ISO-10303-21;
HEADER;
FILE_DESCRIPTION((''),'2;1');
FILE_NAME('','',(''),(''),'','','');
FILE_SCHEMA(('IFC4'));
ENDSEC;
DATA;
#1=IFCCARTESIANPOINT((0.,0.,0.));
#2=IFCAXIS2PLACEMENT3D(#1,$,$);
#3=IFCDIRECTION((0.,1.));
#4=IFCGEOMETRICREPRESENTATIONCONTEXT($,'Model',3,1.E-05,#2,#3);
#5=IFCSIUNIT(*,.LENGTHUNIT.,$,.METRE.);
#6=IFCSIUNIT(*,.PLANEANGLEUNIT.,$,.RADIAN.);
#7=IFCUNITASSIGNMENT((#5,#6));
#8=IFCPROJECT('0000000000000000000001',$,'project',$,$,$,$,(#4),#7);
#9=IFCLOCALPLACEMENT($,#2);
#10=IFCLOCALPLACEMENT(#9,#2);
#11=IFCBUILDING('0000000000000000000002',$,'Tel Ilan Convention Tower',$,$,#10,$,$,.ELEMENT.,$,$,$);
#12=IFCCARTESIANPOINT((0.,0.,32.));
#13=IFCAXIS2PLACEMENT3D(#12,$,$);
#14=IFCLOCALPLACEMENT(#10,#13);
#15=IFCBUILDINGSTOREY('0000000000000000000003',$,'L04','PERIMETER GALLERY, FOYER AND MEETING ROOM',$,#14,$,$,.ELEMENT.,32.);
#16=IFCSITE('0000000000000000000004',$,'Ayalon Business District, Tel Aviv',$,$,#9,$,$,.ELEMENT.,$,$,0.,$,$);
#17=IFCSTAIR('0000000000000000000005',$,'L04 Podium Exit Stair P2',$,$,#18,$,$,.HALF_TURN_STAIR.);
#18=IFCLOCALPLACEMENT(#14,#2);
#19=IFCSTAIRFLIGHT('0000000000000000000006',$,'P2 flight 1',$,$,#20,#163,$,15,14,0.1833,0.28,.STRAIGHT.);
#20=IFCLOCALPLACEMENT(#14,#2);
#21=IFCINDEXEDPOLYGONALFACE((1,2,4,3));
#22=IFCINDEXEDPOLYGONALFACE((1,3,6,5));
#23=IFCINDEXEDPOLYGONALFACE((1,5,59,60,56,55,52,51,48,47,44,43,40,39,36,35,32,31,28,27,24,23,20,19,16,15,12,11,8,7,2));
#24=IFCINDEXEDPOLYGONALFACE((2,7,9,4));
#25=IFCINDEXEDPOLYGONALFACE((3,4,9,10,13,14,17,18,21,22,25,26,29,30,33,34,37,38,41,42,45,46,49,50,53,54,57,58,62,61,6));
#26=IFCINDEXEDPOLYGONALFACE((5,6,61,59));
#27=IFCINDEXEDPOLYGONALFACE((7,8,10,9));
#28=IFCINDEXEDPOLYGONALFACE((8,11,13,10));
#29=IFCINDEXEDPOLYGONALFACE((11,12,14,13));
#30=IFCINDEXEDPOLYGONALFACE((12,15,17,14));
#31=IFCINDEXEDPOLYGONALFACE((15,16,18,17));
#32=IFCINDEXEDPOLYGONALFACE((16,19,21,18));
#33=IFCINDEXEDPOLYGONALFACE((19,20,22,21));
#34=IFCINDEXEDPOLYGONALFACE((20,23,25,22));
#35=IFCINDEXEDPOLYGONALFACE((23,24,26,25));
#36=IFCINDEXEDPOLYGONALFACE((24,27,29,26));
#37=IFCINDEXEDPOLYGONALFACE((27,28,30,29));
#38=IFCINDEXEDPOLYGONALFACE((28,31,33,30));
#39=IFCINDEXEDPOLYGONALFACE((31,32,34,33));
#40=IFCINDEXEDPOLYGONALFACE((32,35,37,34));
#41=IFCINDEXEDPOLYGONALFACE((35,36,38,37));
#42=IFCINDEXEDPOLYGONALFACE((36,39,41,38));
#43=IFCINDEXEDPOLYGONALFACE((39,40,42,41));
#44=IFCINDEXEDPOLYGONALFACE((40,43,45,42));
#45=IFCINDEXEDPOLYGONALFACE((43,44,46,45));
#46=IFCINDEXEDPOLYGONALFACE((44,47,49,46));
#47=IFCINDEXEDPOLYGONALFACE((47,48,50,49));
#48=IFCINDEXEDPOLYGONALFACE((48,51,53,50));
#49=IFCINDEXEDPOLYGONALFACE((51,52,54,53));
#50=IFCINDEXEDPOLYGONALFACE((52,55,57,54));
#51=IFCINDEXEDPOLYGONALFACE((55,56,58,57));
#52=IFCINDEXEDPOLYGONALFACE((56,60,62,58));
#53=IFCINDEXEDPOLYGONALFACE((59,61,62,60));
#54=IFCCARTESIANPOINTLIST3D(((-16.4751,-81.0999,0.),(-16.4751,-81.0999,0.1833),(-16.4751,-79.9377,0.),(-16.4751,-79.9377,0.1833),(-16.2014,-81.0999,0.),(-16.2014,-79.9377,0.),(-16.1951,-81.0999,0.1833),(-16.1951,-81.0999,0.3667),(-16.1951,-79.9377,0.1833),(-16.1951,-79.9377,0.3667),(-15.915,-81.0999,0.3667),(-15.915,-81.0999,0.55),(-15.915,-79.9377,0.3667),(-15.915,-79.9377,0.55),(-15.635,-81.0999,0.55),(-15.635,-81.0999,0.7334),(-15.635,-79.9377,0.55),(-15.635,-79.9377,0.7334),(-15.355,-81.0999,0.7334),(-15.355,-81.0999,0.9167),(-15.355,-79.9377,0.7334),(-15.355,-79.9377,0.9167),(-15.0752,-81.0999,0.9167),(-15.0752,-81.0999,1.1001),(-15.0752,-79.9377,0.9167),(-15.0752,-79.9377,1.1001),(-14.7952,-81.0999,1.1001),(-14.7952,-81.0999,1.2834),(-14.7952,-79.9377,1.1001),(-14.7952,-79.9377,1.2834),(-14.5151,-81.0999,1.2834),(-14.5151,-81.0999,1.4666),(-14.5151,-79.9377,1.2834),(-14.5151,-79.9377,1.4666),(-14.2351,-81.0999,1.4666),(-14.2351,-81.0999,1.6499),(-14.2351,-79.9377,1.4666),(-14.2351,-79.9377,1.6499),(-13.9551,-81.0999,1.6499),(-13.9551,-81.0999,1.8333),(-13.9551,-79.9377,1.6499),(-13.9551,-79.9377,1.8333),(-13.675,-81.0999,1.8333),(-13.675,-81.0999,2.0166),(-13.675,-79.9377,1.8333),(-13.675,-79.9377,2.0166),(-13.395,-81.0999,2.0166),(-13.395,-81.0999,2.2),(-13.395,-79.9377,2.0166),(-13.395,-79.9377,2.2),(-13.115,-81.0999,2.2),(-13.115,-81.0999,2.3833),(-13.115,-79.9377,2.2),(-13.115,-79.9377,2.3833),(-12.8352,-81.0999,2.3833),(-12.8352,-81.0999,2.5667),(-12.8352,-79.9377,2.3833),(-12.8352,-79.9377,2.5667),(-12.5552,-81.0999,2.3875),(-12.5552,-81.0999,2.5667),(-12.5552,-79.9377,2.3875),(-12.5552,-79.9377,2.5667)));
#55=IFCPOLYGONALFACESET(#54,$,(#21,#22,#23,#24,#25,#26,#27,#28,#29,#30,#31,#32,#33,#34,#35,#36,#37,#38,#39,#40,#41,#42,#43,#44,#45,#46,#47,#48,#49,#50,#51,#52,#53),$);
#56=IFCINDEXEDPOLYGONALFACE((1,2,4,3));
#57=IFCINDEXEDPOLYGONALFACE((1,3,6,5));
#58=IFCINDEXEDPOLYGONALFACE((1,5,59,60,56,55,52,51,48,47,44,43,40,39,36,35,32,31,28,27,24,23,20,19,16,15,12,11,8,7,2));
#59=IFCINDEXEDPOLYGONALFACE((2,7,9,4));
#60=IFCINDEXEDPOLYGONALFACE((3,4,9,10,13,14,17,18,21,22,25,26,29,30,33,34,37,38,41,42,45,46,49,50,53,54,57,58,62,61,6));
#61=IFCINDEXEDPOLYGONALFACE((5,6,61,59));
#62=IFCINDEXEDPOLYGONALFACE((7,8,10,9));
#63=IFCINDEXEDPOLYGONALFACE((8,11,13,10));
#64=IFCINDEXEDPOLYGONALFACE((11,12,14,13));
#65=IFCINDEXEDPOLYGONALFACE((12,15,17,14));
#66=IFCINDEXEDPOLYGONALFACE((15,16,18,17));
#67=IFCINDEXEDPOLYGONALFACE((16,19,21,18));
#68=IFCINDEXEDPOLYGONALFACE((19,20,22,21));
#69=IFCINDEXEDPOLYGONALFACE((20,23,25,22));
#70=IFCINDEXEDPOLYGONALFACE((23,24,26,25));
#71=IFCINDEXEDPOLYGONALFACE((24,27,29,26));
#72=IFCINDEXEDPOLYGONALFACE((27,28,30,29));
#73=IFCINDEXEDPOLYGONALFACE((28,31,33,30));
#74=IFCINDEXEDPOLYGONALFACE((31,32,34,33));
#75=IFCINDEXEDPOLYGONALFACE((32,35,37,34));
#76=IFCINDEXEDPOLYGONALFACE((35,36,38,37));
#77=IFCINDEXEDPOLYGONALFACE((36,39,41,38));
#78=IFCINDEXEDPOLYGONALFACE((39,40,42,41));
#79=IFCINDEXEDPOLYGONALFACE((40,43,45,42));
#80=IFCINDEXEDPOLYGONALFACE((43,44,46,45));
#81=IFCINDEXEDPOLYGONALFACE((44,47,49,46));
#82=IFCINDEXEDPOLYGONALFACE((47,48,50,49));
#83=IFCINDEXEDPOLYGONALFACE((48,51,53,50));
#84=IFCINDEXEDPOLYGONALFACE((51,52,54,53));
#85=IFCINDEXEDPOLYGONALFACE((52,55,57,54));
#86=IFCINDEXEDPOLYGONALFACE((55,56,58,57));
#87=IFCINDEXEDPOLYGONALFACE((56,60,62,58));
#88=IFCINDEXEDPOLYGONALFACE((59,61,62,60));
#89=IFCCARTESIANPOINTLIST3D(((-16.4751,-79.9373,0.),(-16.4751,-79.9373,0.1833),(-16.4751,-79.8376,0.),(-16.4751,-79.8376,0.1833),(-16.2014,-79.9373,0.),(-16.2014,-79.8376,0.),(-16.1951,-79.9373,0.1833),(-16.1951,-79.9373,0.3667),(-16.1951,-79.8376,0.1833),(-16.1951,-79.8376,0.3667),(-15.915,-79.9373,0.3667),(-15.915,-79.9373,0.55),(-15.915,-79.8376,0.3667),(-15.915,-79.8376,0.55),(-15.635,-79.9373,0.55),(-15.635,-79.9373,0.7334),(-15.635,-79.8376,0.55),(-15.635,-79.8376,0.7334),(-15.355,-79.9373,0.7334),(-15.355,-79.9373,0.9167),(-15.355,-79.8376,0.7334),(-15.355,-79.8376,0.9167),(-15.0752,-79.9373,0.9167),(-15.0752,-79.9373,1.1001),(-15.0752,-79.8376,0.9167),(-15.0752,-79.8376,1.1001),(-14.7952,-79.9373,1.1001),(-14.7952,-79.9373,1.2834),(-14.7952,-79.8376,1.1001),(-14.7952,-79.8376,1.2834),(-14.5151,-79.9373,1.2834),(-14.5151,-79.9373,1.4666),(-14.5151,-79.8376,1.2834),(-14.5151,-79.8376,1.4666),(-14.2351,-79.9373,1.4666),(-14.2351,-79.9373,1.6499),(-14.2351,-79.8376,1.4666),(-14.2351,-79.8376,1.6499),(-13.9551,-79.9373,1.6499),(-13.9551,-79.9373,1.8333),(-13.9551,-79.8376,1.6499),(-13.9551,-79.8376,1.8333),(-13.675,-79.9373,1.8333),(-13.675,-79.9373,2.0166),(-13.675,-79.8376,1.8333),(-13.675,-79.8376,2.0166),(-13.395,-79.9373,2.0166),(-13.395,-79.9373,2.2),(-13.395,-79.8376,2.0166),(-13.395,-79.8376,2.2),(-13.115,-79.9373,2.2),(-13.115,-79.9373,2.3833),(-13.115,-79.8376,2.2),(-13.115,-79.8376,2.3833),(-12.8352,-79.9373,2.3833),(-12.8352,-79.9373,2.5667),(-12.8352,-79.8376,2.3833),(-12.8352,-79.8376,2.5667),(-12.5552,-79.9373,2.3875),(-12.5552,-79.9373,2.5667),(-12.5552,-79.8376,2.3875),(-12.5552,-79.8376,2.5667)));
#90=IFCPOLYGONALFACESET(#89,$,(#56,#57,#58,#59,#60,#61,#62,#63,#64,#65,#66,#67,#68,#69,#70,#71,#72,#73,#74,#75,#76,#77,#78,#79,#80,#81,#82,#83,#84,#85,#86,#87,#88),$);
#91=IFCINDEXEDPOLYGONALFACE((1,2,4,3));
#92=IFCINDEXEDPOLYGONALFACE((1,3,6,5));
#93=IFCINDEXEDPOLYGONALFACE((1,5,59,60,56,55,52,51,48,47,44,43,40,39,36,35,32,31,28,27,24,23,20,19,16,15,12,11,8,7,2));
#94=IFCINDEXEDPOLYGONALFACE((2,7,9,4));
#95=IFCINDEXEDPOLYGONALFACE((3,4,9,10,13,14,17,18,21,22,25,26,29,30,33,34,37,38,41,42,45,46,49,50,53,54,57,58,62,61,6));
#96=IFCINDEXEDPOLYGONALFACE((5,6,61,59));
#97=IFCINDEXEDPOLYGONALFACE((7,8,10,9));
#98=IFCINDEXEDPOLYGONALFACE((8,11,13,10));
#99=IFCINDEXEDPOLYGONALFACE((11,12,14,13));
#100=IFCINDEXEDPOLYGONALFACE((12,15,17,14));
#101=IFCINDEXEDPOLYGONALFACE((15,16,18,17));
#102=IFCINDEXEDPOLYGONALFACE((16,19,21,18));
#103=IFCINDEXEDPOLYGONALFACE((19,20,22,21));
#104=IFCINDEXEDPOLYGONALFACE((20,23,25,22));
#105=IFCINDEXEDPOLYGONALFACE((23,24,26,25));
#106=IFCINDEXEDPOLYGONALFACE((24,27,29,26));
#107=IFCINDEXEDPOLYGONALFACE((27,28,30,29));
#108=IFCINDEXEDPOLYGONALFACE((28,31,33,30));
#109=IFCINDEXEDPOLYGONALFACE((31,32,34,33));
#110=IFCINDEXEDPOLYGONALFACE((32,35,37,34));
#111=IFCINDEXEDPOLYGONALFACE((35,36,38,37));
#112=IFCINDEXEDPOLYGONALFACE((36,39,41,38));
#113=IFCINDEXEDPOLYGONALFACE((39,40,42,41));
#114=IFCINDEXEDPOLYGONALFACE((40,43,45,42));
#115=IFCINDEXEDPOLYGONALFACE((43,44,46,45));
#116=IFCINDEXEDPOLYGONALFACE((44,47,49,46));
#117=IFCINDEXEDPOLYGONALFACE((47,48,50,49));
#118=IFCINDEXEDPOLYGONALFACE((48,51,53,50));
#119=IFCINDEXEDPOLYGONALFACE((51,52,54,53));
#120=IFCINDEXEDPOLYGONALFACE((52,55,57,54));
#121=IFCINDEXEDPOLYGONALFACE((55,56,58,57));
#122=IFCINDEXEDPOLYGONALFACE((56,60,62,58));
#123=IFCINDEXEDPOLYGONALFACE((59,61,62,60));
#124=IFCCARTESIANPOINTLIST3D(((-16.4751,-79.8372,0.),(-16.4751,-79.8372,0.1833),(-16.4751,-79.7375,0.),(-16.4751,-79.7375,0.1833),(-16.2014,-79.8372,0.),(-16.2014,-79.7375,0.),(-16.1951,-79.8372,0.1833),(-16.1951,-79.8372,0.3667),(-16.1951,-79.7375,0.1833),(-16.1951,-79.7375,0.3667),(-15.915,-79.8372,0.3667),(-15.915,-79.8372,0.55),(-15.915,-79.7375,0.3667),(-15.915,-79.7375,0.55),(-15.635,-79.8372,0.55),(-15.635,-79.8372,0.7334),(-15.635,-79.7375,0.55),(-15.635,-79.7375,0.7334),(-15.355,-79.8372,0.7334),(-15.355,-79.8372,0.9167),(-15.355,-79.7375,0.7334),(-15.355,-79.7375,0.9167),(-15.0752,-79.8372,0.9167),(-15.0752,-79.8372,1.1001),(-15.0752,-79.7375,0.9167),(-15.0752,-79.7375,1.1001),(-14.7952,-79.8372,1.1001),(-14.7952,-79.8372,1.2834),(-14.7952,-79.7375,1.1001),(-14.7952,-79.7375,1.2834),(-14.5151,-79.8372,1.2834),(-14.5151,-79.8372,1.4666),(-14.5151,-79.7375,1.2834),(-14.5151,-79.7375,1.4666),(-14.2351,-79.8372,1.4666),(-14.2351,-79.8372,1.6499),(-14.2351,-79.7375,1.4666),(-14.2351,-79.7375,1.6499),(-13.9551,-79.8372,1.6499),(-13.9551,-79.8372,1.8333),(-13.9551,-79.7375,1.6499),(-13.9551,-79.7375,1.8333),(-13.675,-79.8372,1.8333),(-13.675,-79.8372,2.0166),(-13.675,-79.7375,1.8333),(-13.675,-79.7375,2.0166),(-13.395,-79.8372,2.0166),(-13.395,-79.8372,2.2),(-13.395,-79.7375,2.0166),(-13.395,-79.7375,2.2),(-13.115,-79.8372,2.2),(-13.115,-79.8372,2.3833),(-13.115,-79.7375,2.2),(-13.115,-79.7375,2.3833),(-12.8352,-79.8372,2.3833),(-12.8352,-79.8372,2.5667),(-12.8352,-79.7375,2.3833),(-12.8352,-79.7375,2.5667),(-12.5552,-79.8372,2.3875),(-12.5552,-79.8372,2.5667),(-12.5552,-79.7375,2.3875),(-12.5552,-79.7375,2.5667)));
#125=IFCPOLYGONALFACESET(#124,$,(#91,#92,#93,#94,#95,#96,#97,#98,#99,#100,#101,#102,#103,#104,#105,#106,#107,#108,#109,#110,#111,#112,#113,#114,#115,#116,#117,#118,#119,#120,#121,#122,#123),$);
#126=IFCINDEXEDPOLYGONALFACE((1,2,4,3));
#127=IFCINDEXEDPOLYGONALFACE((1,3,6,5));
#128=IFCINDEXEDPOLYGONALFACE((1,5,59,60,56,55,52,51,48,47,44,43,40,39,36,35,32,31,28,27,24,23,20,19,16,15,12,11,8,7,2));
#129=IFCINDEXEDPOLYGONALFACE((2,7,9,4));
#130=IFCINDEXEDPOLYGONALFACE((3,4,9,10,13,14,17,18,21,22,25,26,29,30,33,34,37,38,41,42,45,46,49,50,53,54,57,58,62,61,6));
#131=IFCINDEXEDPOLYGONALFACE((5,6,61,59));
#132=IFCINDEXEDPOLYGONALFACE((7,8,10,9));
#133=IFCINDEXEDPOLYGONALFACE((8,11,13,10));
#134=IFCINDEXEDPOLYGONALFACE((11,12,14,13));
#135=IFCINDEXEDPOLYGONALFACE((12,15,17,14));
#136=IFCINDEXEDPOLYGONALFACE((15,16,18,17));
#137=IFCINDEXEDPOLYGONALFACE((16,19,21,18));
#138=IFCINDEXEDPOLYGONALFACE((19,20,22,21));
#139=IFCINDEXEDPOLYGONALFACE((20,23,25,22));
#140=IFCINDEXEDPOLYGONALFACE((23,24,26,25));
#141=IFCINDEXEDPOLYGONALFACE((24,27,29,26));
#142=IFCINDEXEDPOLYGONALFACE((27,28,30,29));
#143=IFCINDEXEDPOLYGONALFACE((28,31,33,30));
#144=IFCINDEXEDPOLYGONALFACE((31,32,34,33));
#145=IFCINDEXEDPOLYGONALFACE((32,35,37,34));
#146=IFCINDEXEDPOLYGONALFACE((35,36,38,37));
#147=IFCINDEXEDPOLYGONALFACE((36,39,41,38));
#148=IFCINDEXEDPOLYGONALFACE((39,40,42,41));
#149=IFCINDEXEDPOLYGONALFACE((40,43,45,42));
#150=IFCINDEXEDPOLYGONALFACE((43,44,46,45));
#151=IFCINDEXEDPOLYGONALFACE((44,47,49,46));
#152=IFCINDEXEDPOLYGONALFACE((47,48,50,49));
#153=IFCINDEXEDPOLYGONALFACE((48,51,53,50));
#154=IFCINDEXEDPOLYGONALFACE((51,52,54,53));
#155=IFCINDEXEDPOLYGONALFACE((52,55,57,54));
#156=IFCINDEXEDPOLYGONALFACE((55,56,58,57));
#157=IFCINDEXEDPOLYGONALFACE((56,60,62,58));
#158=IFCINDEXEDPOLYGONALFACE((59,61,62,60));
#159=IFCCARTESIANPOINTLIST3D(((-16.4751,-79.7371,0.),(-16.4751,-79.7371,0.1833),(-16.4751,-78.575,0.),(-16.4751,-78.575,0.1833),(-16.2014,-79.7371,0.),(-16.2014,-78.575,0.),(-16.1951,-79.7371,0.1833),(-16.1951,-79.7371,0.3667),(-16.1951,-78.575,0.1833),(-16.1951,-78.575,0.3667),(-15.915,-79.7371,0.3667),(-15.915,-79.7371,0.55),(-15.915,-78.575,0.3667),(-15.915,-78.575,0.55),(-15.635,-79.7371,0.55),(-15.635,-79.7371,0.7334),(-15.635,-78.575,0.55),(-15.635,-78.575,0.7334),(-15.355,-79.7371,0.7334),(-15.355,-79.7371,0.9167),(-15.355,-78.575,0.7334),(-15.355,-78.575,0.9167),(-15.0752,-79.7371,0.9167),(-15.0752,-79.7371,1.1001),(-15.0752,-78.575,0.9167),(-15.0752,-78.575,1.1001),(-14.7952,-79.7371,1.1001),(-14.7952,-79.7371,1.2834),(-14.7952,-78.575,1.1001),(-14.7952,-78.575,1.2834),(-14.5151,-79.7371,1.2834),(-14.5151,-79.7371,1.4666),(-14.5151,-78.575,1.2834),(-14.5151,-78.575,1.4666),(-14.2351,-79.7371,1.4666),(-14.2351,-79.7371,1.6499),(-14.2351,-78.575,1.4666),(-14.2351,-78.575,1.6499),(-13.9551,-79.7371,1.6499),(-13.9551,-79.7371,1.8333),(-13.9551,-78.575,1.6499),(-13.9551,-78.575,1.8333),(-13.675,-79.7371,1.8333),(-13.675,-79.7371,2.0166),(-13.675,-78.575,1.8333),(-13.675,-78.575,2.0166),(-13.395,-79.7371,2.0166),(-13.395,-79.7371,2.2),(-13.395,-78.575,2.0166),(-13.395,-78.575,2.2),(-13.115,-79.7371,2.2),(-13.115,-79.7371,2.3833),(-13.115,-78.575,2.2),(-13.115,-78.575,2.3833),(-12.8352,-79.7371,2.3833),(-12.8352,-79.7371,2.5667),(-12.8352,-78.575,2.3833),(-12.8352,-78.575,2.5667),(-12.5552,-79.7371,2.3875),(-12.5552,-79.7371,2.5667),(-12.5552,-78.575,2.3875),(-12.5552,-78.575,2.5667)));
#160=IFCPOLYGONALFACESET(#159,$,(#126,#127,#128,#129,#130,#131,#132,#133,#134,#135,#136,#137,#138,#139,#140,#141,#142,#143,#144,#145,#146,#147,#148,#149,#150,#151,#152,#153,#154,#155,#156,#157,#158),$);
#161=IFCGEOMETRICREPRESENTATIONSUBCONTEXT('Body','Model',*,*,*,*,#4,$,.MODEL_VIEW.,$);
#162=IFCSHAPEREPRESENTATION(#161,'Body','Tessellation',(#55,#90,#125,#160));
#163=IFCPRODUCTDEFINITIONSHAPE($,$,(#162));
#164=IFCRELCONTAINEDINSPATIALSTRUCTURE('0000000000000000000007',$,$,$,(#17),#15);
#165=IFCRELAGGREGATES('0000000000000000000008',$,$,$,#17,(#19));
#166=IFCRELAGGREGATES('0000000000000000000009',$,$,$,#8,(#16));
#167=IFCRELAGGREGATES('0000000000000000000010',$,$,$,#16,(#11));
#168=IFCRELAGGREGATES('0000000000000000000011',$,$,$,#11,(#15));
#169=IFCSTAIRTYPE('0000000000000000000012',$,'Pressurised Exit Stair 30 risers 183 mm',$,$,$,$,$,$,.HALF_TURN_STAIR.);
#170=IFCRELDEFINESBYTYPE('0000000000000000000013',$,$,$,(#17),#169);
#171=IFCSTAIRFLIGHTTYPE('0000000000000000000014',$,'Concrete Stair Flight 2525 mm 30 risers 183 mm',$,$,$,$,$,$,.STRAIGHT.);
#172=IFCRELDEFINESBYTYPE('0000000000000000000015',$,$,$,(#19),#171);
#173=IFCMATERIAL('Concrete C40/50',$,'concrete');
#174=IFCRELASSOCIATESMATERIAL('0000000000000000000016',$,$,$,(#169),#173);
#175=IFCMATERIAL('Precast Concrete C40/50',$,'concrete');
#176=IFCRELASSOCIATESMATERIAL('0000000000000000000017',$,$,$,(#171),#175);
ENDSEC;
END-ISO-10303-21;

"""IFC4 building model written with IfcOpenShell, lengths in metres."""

from ifc_helpers import new_model, si_unit, direction, frame, origin, place, context, subcontext, project, spatial, polyline, outline, extrude, material, type_object, element, aggregate, save


model = new_model("IFC4")

# Units and contexts
model_context = context("Model", 3, precision=1e-05, world=origin(), true_north=direction((0.0, 1.0)))
body_context = subcontext(model_context, "Body", "Model", "MODEL_VIEW")
ifc_project = project(units=[si_unit("LENGTHUNIT", "METRE"), si_unit("PLANEANGLEUNIT", "RADIAN")], contexts=[model_context])

# Site, building, storey
site_placement = place(None, origin())
site = spatial("IfcSite", under=ifc_project, at=site_placement, Name="Ayalon Business District, Tel Aviv", CompositionType="ELEMENT", RefElevation=0.0)
building_placement = place(site_placement, origin())
building = spatial("IfcBuilding", under=site, at=building_placement, Name="Tel Ilan Convention Tower", CompositionType="ELEMENT")
storey_placement = place(building_placement, frame((0.0, 0.0, 32.0)))
storey = spatial("IfcBuildingStorey", under=building, at=storey_placement, Name="L04", Description="PERIMETER GALLERY, FOYER AND MEETING ROOM", CompositionType="ELEMENT", Elevation=32.0)

# Stair, stair flight
ifc_material_1 = material(Name="Concrete C40/50", Category="concrete")
stair_type = type_object("IfcStairType", Name="Pressurised Exit Stair 30 risers 183 mm", PredefinedType="HALF_TURN_STAIR", material=ifc_material_1)
stair_placement = place(storey_placement, origin())
stair = element("IfcStair", 1, at=stair_placement, inside=storey, type_object=stair_type, Name="L04 Podium Exit Stair P2", PredefinedType="HALF_TURN_STAIR")
ifc_material_2 = material(Name="Precast Concrete C40/50", Category="concrete")
stair_flight_type = type_object("IfcStairFlightType", Name="Concrete Stair Flight 2525 mm 30 risers 183 mm", PredefinedType="STRAIGHT", material=ifc_material_2)
stair_flight_1_placement = place(storey_placement, frame((-16.4751, -79.8374, 0.0), z_axis=(0.0, 0.0, 1.0), x_axis=(1.0, 0.0, 0.0)))
stair_flight_1 = element("IfcStairFlight", 2, at=stair_flight_1_placement, type_object=stair_flight_type, Name="P2 flight 1", NumberOfRisers=15, NumberOfTreads=14, PredefinedType="STRAIGHT", RiserHeight=0.1833, TreadLength=0.28, context=body_context, shape_type="SweptSolid", body=[
    extrude(outline(polyline([(0.0, 0.0), (0.0, 0.1833), (0.28, 0.1833), (0.28, 0.3667), (0.5601, 0.3667), (0.5601, 0.55), (0.8401, 0.55), (0.8401, 0.7334), (1.1201, 0.7334), (1.1201, 0.9167), (1.3999, 0.9167), (1.3999, 1.1001), (1.6799, 1.1001), (1.6799, 1.2834), (1.96, 1.2834), (1.96, 1.4666), (2.24, 1.4666), (2.24, 1.6499), (2.52, 1.6499), (2.52, 1.8333), (2.8, 1.8333), (2.8, 2.0166), (3.0801, 2.0166), (3.0801, 2.2), (3.3601, 2.2), (3.3601, 2.3833), (3.6399, 2.3833), (3.6399, 2.5667), (3.9199, 2.5667), (3.9199, 2.75), (3.9199, 2.3875), (0.2737, 0.0), (0.0, 0.0)])), frame((0.0, -0.1003, 0.0), z_axis=(0.0, -1.0, 0.0), x_axis=(1.0, 0.0, 0.0)), (0.0, 0.0, 1.0), 1.1621),
    extrude(outline(polyline([(0.0, 0.0), (0.0, 0.1833), (0.28, 0.1833), (0.28, 0.3667), (0.5601, 0.3667), (0.5601, 0.55), (0.8401, 0.55), (0.8401, 0.7334), (1.1201, 0.7334), (1.1201, 0.9167), (1.3999, 0.9167), (1.3999, 1.1001), (1.6799, 1.1001), (1.6799, 1.2834), (1.96, 1.2834), (1.96, 1.4666), (2.24, 1.4666), (2.24, 1.6499), (2.52, 1.6499), (2.52, 1.8333), (2.8, 1.8333), (2.8, 2.0166), (3.0801, 2.0166), (3.0801, 2.2), (3.3601, 2.2), (3.3601, 2.3833), (3.6399, 2.3833), (3.6399, 2.5667), (3.9199, 2.5667), (3.9199, 2.75), (3.9199, 2.3875), (0.2737, 0.0), (0.0, 0.0)])), frame((0.0, -0.0002, 0.0), z_axis=(0.0, -1.0, 0.0), x_axis=(1.0, 0.0, 0.0)), (0.0, 0.0, 1.0), 0.0996),
    extrude(outline(polyline([(0.0, 0.0), (0.0, 0.1833), (0.28, 0.1833), (0.28, 0.3667), (0.5601, 0.3667), (0.5601, 0.55), (0.8401, 0.55), (0.8401, 0.7334), (1.1201, 0.7334), (1.1201, 0.9167), (1.3999, 0.9167), (1.3999, 1.1001), (1.6799, 1.1001), (1.6799, 1.2834), (1.96, 1.2834), (1.96, 1.4666), (2.24, 1.4666), (2.24, 1.6499), (2.52, 1.6499), (2.52, 1.8333), (2.8, 1.8333), (2.8, 2.0166), (3.0801, 2.0166), (3.0801, 2.2), (3.3601, 2.2), (3.3601, 2.3833), (3.6399, 2.3833), (3.6399, 2.5667), (3.9199, 2.5667), (3.9199, 2.75), (3.9199, 2.3875), (0.2737, 0.0), (0.0, 0.0)])), frame((0.0, 0.0999, 0.0), z_axis=(0.0, -1.0, 0.0), x_axis=(1.0, 0.0, 0.0)), (0.0, 0.0, 1.0), 0.0996),
    extrude(outline(polyline([(0.0, 0.0), (0.0, 0.1833), (0.28, 0.1833), (0.28, 0.3667), (0.5601, 0.3667), (0.5601, 0.55), (0.8401, 0.55), (0.8401, 0.7334), (1.1201, 0.7334), (1.1201, 0.9167), (1.3999, 0.9167), (1.3999, 1.1001), (1.6799, 1.1001), (1.6799, 1.2834), (1.96, 1.2834), (1.96, 1.4666), (2.24, 1.4666), (2.24, 1.6499), (2.52, 1.6499), (2.52, 1.8333), (2.8, 1.8333), (2.8, 2.0166), (3.0801, 2.0166), (3.0801, 2.2), (3.3601, 2.2), (3.3601, 2.3833), (3.6399, 2.3833), (3.6399, 2.5667), (3.9199, 2.5667), (3.9199, 2.75), (3.9199, 2.3875), (0.2737, 0.0), (0.0, 0.0)])), frame((0.0, 1.2625, 0.0), z_axis=(0.0, -1.0, 0.0), x_axis=(1.0, 0.0, 0.0)), (0.0, 0.0, 1.0), 1.1621),
])
aggregate(stair, [stair_flight_1])

save(model, "model.ifc")
